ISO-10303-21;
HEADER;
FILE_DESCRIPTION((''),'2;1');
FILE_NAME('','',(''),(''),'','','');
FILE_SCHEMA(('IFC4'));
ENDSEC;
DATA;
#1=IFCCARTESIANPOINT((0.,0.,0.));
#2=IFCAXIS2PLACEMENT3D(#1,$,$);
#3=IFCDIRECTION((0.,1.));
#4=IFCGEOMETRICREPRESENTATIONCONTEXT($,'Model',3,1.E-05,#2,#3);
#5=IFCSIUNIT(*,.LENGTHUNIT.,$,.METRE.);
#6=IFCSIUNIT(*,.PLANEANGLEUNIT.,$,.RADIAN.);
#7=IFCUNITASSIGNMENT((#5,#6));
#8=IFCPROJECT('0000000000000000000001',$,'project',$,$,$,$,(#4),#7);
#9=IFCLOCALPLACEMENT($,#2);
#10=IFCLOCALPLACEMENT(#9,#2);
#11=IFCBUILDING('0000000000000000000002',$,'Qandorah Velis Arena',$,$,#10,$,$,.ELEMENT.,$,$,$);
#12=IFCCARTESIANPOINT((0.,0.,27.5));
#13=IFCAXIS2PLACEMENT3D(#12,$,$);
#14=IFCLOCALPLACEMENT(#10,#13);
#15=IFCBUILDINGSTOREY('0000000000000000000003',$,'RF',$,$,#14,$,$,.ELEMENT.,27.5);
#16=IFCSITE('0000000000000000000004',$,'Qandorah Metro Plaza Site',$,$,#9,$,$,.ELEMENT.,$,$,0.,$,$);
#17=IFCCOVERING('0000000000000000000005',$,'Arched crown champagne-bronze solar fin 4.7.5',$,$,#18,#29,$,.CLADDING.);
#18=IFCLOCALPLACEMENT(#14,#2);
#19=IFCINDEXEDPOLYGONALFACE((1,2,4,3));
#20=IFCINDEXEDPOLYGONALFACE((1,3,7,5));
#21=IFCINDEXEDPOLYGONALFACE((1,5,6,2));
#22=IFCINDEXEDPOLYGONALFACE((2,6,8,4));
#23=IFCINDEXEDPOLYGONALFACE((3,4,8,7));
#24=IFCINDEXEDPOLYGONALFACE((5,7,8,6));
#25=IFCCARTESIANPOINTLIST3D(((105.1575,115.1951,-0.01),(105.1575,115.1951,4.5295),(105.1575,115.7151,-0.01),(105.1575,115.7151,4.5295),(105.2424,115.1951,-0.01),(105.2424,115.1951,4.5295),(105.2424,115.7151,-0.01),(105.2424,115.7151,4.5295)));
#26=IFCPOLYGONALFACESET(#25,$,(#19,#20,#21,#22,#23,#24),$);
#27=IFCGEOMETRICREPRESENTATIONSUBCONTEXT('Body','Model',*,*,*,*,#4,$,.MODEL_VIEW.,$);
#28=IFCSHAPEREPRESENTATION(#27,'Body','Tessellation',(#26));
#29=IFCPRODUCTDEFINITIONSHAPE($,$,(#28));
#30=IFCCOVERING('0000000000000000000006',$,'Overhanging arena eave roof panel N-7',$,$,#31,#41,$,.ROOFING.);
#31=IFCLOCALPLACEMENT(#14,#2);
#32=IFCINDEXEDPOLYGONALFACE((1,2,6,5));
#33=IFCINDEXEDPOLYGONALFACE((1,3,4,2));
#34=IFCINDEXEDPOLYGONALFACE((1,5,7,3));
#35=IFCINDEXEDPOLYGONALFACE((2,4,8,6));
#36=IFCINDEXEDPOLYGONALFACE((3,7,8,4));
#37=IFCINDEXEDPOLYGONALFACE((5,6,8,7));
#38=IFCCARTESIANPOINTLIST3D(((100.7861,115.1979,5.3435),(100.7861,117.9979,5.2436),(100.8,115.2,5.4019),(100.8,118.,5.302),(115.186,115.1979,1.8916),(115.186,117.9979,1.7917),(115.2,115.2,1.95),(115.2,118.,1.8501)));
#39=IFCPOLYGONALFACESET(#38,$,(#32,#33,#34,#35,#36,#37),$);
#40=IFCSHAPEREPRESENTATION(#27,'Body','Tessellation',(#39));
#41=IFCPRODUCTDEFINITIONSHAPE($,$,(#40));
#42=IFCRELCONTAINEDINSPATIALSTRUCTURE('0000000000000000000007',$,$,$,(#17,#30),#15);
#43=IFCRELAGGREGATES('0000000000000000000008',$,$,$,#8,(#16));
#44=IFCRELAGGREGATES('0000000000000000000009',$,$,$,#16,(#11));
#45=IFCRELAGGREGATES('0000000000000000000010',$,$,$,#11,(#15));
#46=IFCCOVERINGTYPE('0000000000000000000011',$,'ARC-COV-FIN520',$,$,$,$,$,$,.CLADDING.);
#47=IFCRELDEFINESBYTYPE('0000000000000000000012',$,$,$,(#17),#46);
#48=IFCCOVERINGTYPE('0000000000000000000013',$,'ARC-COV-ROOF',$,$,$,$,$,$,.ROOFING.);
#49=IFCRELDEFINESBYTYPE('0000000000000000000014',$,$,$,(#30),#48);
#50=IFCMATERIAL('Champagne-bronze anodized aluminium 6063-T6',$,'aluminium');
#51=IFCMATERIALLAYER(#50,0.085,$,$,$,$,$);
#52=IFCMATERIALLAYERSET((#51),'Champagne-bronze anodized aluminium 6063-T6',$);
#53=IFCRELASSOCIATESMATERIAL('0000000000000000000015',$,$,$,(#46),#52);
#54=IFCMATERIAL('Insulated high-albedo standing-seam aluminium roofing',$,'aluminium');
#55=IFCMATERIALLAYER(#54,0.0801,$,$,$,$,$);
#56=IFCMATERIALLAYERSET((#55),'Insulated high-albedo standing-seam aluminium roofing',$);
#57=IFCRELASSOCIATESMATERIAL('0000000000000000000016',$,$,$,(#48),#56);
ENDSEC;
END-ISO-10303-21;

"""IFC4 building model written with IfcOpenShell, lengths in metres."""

from ifc_helpers import new_model, si_unit, direction, frame, origin, origin_2d, place, context, subcontext, project, spatial, polyline, rectangle, outline, extrude, material, layer, layer_set, type_object, element, save


model = new_model("IFC4")

# Units and contexts
model_context = context("Model", 3, precision=1e-05, world=origin(), true_north=direction((0.0, 1.0)))
body_context = subcontext(model_context, "Body", "Model", "MODEL_VIEW")
ifc_project = project(units=[si_unit("LENGTHUNIT", "METRE"), si_unit("PLANEANGLEUNIT", "RADIAN")], contexts=[model_context])

# Site, building, storey
site_placement = place(None, origin())
site = spatial("IfcSite", under=ifc_project, at=site_placement, Name="Qandorah Metro Plaza Site", CompositionType="ELEMENT", RefElevation=0.0)
building_placement = place(site_placement, origin())
building = spatial("IfcBuilding", under=site, at=building_placement, Name="Qandorah Velis Arena", CompositionType="ELEMENT")
storey_placement = place(building_placement, frame((0.0, 0.0, 27.5)))
storey = spatial("IfcBuildingStorey", under=building, at=storey_placement, Name="RF", CompositionType="ELEMENT", Elevation=27.5)

# Shared definitions
ifc_material_1 = material(Name="Champagne-bronze anodized aluminium 6063-T6", Category="aluminium")

# Coverings
ifc_layer_1 = layer(ifc_material_1, 0.085)
ifc_layer_set_1 = layer_set([ifc_layer_1], Name="Champagne-bronze anodized aluminium 6063-T6")
covering_type_1 = type_object("IfcCoveringType", Name="ARC-COV-FIN520", PredefinedType="CLADDING", material=ifc_layer_set_1)
covering_1_placement = place(storey_placement, frame((105.2, 115.4551, -0.01), z_axis=(0.0, 0.0, 1.0), x_axis=(1.0, 0.0, 0.0)))
element("IfcCovering", 1, at=covering_1_placement, inside=storey, type_object=covering_type_1, Name="Arched crown champagne-bronze solar fin 4.7.5", PredefinedType="CLADDING", context=body_context, shape_type="SweptSolid", body=[
    extrude(rectangle(XDim=0.085, YDim=0.52, at=origin_2d()), origin(), (0.0, 0.0, 1.0), 4.5396),
])
ifc_material_2 = material(Name="Insulated high-albedo standing-seam aluminium roofing", Category="aluminium")
ifc_layer_2 = layer(ifc_material_2, 0.0801)
ifc_layer_set_2 = layer_set([ifc_layer_2], Name="Insulated high-albedo standing-seam aluminium roofing")
covering_type_2 = type_object("IfcCoveringType", Name="ARC-COV-ROOF", PredefinedType="ROOFING", material=ifc_layer_set_2)
covering_2_placement = place(storey_placement, frame((100.8, 115.2, 5.4019), z_axis=(0.232973, 0.034658, 0.971865), x_axis=(0.97245, 0.0, -0.233113)))
element("IfcCovering", 2, at=covering_2_placement, inside=storey, type_object=covering_type_2, Name="Overhanging arena eave roof panel N-7", PredefinedType="ROOFING", context=body_context, shape_type="SweptSolid", body=[
    extrude(outline(polyline([(0.0, 0.0), (14.8079, 0.0), (14.8311, 2.8017), (0.0233, 2.8017), (0.0, 0.0)])), origin(), (0.0, 0.0, -1.0), 0.0601),
])

save(model, "model.ifc")
